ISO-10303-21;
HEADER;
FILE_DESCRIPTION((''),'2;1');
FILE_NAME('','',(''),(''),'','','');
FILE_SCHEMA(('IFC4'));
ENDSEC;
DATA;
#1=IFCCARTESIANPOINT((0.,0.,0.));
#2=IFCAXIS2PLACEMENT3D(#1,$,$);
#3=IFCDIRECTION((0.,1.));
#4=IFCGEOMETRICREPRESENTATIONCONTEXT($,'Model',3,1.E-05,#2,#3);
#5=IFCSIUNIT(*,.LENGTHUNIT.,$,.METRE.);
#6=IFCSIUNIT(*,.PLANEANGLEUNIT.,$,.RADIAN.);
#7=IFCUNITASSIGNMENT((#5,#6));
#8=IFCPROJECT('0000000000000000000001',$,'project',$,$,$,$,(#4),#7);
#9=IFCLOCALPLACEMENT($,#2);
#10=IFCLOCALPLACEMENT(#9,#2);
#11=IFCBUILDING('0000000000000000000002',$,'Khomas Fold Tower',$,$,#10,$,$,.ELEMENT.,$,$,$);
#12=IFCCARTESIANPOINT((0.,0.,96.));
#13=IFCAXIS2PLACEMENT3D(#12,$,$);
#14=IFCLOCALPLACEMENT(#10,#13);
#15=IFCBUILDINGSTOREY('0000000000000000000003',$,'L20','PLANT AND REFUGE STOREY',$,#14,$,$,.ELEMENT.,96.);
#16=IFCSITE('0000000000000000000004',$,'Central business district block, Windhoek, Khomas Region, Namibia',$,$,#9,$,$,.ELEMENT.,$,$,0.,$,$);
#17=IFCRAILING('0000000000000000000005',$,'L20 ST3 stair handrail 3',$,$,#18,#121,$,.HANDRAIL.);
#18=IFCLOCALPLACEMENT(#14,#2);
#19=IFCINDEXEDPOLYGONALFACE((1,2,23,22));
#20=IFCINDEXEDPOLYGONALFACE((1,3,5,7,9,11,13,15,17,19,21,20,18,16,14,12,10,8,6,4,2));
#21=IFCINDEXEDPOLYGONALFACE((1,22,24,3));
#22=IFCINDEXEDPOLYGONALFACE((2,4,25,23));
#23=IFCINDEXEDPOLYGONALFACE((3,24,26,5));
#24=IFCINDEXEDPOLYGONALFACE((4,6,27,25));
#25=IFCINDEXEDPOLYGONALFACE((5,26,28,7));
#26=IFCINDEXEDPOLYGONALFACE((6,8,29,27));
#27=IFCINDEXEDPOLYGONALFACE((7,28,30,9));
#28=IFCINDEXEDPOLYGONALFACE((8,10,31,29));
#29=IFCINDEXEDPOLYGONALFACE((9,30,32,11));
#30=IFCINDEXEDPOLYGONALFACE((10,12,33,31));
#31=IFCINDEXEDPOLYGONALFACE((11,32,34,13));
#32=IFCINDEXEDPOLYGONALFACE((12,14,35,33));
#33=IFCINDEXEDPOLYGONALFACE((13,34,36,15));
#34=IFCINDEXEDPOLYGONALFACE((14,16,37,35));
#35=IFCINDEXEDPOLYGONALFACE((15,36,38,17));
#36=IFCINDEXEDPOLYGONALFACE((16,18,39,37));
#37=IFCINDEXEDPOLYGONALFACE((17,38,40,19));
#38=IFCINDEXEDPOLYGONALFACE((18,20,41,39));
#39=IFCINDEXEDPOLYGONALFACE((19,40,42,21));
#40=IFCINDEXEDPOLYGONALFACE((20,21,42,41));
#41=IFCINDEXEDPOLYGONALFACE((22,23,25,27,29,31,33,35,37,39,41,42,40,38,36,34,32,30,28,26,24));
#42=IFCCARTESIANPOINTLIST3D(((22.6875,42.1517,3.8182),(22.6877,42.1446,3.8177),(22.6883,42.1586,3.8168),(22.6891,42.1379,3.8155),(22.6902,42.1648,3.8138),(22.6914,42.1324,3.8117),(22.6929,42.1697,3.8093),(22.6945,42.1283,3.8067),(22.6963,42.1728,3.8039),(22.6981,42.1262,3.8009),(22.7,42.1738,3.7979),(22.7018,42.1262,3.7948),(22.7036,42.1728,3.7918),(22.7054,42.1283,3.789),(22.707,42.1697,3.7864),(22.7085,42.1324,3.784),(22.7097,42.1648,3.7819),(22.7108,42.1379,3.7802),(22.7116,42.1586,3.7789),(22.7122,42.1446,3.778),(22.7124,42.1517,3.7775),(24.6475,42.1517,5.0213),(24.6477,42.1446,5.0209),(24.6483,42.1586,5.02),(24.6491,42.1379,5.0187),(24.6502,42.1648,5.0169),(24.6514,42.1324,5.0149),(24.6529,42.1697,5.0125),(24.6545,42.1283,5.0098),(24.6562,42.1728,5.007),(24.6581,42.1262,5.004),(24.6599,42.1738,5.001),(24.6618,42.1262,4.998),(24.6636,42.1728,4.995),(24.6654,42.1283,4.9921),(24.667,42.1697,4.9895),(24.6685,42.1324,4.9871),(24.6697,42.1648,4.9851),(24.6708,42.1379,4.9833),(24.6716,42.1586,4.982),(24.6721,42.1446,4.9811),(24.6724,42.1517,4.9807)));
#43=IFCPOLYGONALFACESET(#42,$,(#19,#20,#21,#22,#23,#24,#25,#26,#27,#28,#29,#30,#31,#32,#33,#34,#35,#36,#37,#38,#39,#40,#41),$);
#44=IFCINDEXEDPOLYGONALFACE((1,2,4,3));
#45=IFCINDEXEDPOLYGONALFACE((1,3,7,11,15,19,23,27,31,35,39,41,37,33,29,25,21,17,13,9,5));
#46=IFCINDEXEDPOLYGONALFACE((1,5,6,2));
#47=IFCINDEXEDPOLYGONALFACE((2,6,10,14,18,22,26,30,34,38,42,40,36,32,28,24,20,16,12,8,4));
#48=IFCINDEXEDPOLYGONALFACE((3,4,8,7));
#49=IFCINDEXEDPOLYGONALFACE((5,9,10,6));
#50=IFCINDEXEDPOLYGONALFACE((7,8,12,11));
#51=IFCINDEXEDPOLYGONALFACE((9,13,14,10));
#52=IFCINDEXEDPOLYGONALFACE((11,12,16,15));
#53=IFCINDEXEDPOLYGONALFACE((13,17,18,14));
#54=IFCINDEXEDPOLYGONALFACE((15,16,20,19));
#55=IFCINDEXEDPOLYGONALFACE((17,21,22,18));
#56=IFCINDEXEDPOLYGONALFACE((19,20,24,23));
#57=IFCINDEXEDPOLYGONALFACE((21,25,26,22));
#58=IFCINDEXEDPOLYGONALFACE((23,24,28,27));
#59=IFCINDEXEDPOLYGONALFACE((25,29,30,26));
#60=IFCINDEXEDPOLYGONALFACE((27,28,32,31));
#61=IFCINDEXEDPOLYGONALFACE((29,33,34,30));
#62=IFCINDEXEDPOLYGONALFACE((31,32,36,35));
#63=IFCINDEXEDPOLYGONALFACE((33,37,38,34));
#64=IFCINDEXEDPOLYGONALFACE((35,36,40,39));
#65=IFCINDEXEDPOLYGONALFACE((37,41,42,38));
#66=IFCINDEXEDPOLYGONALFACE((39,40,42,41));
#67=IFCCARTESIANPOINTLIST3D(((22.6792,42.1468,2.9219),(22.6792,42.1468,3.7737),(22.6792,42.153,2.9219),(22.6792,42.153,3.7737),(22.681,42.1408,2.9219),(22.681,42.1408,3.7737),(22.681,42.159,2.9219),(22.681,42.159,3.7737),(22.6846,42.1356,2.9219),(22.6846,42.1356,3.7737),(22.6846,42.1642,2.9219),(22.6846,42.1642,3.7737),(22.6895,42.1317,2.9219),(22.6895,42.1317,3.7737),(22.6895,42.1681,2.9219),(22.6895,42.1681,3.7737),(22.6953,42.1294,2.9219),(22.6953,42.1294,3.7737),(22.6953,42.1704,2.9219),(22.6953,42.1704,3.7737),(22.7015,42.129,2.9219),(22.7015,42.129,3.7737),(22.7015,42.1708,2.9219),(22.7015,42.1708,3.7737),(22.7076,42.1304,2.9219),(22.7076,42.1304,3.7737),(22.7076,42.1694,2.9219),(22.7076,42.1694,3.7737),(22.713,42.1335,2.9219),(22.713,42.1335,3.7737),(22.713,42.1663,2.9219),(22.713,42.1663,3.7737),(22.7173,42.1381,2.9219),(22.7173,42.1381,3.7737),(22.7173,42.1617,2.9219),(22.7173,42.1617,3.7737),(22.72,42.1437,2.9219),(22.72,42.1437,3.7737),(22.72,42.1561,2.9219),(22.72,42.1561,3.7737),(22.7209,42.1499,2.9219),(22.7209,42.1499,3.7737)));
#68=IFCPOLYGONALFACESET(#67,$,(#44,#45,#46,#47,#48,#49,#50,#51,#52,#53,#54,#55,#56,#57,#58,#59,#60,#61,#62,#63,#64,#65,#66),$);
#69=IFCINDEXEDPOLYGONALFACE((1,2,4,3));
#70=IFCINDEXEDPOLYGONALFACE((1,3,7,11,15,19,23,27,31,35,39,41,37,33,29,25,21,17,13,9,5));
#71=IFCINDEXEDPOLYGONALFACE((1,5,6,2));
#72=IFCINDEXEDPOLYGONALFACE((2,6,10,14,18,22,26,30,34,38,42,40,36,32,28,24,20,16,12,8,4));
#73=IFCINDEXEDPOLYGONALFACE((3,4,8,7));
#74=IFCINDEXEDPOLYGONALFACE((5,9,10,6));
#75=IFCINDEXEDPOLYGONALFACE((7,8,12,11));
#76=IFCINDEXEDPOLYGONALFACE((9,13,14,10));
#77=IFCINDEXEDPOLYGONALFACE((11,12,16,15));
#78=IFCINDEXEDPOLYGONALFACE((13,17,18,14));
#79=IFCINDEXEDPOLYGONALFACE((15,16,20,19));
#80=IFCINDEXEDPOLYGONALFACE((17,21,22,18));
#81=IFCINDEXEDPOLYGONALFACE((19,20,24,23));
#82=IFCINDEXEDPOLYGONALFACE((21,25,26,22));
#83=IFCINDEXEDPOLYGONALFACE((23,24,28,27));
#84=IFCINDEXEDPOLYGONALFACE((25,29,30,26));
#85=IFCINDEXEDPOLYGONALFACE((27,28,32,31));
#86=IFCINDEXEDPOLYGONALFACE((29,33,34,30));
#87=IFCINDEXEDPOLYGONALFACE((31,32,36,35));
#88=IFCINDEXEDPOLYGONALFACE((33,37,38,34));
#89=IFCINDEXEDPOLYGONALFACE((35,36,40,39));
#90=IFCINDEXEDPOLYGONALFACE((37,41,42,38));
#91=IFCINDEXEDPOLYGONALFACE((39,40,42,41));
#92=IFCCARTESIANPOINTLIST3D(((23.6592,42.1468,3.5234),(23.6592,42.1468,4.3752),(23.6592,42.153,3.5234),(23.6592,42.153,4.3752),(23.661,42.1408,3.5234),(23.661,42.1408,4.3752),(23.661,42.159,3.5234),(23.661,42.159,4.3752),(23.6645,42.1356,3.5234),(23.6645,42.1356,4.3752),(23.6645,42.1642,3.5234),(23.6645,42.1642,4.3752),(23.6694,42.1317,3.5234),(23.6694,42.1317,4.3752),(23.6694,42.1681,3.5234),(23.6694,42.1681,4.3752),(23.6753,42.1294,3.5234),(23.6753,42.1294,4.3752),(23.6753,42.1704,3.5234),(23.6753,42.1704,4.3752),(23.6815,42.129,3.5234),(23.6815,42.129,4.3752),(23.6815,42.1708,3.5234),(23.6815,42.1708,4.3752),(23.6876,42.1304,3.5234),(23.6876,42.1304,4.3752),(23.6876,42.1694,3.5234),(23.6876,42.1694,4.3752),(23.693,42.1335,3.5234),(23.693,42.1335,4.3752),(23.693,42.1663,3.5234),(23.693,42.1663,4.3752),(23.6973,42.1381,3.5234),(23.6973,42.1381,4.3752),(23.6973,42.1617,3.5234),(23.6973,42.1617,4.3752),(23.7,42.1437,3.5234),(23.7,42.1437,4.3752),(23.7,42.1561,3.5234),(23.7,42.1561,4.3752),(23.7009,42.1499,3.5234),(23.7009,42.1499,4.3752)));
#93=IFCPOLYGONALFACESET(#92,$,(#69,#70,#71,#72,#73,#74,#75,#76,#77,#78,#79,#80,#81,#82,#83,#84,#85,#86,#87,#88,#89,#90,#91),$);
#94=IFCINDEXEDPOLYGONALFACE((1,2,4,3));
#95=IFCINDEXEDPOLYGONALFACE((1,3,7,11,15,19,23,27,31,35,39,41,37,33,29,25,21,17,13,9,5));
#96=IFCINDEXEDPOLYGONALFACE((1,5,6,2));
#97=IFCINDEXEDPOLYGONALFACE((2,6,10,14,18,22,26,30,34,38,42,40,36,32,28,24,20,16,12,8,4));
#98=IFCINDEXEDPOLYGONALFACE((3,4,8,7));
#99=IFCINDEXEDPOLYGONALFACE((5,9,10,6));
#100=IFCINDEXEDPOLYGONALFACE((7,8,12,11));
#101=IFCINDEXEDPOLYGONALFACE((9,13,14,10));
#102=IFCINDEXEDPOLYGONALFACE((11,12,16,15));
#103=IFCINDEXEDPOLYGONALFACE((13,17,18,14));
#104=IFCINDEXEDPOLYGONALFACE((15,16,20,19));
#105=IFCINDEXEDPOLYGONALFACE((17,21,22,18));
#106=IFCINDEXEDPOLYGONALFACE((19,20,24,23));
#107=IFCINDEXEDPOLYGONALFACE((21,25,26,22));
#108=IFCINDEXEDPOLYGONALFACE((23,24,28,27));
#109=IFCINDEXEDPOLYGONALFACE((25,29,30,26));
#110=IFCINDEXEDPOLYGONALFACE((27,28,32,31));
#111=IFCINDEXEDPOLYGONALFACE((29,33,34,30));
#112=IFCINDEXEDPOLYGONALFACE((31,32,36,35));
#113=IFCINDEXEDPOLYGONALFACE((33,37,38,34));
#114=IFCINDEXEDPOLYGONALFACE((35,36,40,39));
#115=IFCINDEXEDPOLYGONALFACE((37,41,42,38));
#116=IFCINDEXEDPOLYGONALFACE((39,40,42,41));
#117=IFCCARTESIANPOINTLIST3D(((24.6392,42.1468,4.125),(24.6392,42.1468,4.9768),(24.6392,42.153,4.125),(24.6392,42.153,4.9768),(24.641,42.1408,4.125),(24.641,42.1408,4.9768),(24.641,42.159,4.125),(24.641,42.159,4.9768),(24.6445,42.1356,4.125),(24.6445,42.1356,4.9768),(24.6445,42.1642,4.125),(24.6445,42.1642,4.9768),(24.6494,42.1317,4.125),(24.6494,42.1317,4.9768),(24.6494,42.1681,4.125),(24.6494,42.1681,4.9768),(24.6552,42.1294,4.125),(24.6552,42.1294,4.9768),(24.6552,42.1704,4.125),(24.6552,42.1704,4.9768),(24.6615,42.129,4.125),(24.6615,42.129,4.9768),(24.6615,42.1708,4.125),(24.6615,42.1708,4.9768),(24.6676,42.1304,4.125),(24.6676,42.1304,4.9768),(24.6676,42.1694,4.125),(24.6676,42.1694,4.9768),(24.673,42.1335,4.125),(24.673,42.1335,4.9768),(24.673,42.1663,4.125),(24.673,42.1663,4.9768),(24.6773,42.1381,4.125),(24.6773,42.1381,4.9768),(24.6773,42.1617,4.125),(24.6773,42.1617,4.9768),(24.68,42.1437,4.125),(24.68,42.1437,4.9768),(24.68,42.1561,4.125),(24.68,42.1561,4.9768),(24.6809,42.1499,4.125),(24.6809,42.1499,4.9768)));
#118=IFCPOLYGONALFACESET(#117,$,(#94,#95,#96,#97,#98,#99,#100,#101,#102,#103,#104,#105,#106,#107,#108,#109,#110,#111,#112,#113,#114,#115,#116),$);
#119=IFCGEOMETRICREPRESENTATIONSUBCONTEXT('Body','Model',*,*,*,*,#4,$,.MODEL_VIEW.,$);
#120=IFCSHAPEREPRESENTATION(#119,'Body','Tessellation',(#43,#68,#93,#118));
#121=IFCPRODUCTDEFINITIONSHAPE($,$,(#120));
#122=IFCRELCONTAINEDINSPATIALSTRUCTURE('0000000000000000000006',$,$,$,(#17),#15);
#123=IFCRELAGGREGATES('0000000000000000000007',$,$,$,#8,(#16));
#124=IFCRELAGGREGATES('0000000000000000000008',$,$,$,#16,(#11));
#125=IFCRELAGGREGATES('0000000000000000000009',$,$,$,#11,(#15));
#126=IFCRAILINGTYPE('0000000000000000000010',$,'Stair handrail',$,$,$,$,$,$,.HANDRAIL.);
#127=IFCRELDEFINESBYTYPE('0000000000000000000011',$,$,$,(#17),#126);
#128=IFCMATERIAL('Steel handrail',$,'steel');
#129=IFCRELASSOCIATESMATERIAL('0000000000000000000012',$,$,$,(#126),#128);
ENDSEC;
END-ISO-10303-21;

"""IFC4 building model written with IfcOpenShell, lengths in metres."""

from ifc_helpers import new_model, si_unit, direction, frame, origin, origin_2d, place, context, subcontext, project, spatial, circle, extrude, source, transform, mapped, material, type_object, element, save


model = new_model("IFC4")

# Units and contexts
model_context = context("Model", 3, precision=1e-05, world=origin(), true_north=direction((0.0, 1.0)))
body_context = subcontext(model_context, "Body", "Model", "MODEL_VIEW")
ifc_project = project(units=[si_unit("LENGTHUNIT", "METRE"), si_unit("PLANEANGLEUNIT", "RADIAN")], contexts=[model_context])

# Site, building, storey
site_placement = place(None, origin())
site = spatial("IfcSite", under=ifc_project, at=site_placement, Name="Central business district block, Windhoek, Khomas Region, Namibia", CompositionType="ELEMENT", RefElevation=0.0)
building_placement = place(site_placement, origin())
building = spatial("IfcBuilding", under=site, at=building_placement, Name="Khomas Fold Tower", CompositionType="ELEMENT")
storey_placement = place(building_placement, frame((0.0, 0.0, 96.0)))
storey = spatial("IfcBuildingStorey", under=building, at=storey_placement, Name="L20", Description="PLANT AND REFUGE STOREY", CompositionType="ELEMENT", Elevation=96.0)

# Railing
ifc_material_1 = material(Name="Steel handrail", Category="steel")
railing_type_1 = type_object("IfcRailingType", Name="Stair handrail", PredefinedType="HANDRAIL", material=ifc_material_1)
shared_shape_1 = source(origin(), body_context, "Body", "SweptSolid", [
    extrude(circle(Radius=0.0239, at=origin_2d()), frame((0.0, 0.0, 0.876), z_axis=(0.852241, 0.0, 0.523149), x_axis=(0.0, 1.0, 0.0)), (0.0, 0.0, 1.0), 2.2998),
    extrude(circle(Radius=0.021, at=origin_2d()), origin(), (0.0, 0.0, 1.0), 0.8518),
    extrude(circle(Radius=0.021, at=origin_2d()), frame((0.98, 0.0, 0.6016)), (0.0, 0.0, 1.0), 0.8518),
    extrude(circle(Radius=0.021, at=origin_2d()), frame((1.96, 0.0, 1.2031)), (0.0, 0.0, 1.0), 0.8518),
])
for number, where, name in (
    (1, (22.7, 42.1499, 2.9219), "L20 ST3 stair handrail 3"),
):
    element("IfcRailing", number, at=place(storey_placement, frame(where)), inside=storey, type_object=railing_type_1, Name=name, PredefinedType="HANDRAIL", context=body_context, shape_type="MappedRepresentation", body=[
        mapped(shared_shape_1, transform((0.0, 0.0, 0.0))),
    ])

save(model, "model.ifc")
